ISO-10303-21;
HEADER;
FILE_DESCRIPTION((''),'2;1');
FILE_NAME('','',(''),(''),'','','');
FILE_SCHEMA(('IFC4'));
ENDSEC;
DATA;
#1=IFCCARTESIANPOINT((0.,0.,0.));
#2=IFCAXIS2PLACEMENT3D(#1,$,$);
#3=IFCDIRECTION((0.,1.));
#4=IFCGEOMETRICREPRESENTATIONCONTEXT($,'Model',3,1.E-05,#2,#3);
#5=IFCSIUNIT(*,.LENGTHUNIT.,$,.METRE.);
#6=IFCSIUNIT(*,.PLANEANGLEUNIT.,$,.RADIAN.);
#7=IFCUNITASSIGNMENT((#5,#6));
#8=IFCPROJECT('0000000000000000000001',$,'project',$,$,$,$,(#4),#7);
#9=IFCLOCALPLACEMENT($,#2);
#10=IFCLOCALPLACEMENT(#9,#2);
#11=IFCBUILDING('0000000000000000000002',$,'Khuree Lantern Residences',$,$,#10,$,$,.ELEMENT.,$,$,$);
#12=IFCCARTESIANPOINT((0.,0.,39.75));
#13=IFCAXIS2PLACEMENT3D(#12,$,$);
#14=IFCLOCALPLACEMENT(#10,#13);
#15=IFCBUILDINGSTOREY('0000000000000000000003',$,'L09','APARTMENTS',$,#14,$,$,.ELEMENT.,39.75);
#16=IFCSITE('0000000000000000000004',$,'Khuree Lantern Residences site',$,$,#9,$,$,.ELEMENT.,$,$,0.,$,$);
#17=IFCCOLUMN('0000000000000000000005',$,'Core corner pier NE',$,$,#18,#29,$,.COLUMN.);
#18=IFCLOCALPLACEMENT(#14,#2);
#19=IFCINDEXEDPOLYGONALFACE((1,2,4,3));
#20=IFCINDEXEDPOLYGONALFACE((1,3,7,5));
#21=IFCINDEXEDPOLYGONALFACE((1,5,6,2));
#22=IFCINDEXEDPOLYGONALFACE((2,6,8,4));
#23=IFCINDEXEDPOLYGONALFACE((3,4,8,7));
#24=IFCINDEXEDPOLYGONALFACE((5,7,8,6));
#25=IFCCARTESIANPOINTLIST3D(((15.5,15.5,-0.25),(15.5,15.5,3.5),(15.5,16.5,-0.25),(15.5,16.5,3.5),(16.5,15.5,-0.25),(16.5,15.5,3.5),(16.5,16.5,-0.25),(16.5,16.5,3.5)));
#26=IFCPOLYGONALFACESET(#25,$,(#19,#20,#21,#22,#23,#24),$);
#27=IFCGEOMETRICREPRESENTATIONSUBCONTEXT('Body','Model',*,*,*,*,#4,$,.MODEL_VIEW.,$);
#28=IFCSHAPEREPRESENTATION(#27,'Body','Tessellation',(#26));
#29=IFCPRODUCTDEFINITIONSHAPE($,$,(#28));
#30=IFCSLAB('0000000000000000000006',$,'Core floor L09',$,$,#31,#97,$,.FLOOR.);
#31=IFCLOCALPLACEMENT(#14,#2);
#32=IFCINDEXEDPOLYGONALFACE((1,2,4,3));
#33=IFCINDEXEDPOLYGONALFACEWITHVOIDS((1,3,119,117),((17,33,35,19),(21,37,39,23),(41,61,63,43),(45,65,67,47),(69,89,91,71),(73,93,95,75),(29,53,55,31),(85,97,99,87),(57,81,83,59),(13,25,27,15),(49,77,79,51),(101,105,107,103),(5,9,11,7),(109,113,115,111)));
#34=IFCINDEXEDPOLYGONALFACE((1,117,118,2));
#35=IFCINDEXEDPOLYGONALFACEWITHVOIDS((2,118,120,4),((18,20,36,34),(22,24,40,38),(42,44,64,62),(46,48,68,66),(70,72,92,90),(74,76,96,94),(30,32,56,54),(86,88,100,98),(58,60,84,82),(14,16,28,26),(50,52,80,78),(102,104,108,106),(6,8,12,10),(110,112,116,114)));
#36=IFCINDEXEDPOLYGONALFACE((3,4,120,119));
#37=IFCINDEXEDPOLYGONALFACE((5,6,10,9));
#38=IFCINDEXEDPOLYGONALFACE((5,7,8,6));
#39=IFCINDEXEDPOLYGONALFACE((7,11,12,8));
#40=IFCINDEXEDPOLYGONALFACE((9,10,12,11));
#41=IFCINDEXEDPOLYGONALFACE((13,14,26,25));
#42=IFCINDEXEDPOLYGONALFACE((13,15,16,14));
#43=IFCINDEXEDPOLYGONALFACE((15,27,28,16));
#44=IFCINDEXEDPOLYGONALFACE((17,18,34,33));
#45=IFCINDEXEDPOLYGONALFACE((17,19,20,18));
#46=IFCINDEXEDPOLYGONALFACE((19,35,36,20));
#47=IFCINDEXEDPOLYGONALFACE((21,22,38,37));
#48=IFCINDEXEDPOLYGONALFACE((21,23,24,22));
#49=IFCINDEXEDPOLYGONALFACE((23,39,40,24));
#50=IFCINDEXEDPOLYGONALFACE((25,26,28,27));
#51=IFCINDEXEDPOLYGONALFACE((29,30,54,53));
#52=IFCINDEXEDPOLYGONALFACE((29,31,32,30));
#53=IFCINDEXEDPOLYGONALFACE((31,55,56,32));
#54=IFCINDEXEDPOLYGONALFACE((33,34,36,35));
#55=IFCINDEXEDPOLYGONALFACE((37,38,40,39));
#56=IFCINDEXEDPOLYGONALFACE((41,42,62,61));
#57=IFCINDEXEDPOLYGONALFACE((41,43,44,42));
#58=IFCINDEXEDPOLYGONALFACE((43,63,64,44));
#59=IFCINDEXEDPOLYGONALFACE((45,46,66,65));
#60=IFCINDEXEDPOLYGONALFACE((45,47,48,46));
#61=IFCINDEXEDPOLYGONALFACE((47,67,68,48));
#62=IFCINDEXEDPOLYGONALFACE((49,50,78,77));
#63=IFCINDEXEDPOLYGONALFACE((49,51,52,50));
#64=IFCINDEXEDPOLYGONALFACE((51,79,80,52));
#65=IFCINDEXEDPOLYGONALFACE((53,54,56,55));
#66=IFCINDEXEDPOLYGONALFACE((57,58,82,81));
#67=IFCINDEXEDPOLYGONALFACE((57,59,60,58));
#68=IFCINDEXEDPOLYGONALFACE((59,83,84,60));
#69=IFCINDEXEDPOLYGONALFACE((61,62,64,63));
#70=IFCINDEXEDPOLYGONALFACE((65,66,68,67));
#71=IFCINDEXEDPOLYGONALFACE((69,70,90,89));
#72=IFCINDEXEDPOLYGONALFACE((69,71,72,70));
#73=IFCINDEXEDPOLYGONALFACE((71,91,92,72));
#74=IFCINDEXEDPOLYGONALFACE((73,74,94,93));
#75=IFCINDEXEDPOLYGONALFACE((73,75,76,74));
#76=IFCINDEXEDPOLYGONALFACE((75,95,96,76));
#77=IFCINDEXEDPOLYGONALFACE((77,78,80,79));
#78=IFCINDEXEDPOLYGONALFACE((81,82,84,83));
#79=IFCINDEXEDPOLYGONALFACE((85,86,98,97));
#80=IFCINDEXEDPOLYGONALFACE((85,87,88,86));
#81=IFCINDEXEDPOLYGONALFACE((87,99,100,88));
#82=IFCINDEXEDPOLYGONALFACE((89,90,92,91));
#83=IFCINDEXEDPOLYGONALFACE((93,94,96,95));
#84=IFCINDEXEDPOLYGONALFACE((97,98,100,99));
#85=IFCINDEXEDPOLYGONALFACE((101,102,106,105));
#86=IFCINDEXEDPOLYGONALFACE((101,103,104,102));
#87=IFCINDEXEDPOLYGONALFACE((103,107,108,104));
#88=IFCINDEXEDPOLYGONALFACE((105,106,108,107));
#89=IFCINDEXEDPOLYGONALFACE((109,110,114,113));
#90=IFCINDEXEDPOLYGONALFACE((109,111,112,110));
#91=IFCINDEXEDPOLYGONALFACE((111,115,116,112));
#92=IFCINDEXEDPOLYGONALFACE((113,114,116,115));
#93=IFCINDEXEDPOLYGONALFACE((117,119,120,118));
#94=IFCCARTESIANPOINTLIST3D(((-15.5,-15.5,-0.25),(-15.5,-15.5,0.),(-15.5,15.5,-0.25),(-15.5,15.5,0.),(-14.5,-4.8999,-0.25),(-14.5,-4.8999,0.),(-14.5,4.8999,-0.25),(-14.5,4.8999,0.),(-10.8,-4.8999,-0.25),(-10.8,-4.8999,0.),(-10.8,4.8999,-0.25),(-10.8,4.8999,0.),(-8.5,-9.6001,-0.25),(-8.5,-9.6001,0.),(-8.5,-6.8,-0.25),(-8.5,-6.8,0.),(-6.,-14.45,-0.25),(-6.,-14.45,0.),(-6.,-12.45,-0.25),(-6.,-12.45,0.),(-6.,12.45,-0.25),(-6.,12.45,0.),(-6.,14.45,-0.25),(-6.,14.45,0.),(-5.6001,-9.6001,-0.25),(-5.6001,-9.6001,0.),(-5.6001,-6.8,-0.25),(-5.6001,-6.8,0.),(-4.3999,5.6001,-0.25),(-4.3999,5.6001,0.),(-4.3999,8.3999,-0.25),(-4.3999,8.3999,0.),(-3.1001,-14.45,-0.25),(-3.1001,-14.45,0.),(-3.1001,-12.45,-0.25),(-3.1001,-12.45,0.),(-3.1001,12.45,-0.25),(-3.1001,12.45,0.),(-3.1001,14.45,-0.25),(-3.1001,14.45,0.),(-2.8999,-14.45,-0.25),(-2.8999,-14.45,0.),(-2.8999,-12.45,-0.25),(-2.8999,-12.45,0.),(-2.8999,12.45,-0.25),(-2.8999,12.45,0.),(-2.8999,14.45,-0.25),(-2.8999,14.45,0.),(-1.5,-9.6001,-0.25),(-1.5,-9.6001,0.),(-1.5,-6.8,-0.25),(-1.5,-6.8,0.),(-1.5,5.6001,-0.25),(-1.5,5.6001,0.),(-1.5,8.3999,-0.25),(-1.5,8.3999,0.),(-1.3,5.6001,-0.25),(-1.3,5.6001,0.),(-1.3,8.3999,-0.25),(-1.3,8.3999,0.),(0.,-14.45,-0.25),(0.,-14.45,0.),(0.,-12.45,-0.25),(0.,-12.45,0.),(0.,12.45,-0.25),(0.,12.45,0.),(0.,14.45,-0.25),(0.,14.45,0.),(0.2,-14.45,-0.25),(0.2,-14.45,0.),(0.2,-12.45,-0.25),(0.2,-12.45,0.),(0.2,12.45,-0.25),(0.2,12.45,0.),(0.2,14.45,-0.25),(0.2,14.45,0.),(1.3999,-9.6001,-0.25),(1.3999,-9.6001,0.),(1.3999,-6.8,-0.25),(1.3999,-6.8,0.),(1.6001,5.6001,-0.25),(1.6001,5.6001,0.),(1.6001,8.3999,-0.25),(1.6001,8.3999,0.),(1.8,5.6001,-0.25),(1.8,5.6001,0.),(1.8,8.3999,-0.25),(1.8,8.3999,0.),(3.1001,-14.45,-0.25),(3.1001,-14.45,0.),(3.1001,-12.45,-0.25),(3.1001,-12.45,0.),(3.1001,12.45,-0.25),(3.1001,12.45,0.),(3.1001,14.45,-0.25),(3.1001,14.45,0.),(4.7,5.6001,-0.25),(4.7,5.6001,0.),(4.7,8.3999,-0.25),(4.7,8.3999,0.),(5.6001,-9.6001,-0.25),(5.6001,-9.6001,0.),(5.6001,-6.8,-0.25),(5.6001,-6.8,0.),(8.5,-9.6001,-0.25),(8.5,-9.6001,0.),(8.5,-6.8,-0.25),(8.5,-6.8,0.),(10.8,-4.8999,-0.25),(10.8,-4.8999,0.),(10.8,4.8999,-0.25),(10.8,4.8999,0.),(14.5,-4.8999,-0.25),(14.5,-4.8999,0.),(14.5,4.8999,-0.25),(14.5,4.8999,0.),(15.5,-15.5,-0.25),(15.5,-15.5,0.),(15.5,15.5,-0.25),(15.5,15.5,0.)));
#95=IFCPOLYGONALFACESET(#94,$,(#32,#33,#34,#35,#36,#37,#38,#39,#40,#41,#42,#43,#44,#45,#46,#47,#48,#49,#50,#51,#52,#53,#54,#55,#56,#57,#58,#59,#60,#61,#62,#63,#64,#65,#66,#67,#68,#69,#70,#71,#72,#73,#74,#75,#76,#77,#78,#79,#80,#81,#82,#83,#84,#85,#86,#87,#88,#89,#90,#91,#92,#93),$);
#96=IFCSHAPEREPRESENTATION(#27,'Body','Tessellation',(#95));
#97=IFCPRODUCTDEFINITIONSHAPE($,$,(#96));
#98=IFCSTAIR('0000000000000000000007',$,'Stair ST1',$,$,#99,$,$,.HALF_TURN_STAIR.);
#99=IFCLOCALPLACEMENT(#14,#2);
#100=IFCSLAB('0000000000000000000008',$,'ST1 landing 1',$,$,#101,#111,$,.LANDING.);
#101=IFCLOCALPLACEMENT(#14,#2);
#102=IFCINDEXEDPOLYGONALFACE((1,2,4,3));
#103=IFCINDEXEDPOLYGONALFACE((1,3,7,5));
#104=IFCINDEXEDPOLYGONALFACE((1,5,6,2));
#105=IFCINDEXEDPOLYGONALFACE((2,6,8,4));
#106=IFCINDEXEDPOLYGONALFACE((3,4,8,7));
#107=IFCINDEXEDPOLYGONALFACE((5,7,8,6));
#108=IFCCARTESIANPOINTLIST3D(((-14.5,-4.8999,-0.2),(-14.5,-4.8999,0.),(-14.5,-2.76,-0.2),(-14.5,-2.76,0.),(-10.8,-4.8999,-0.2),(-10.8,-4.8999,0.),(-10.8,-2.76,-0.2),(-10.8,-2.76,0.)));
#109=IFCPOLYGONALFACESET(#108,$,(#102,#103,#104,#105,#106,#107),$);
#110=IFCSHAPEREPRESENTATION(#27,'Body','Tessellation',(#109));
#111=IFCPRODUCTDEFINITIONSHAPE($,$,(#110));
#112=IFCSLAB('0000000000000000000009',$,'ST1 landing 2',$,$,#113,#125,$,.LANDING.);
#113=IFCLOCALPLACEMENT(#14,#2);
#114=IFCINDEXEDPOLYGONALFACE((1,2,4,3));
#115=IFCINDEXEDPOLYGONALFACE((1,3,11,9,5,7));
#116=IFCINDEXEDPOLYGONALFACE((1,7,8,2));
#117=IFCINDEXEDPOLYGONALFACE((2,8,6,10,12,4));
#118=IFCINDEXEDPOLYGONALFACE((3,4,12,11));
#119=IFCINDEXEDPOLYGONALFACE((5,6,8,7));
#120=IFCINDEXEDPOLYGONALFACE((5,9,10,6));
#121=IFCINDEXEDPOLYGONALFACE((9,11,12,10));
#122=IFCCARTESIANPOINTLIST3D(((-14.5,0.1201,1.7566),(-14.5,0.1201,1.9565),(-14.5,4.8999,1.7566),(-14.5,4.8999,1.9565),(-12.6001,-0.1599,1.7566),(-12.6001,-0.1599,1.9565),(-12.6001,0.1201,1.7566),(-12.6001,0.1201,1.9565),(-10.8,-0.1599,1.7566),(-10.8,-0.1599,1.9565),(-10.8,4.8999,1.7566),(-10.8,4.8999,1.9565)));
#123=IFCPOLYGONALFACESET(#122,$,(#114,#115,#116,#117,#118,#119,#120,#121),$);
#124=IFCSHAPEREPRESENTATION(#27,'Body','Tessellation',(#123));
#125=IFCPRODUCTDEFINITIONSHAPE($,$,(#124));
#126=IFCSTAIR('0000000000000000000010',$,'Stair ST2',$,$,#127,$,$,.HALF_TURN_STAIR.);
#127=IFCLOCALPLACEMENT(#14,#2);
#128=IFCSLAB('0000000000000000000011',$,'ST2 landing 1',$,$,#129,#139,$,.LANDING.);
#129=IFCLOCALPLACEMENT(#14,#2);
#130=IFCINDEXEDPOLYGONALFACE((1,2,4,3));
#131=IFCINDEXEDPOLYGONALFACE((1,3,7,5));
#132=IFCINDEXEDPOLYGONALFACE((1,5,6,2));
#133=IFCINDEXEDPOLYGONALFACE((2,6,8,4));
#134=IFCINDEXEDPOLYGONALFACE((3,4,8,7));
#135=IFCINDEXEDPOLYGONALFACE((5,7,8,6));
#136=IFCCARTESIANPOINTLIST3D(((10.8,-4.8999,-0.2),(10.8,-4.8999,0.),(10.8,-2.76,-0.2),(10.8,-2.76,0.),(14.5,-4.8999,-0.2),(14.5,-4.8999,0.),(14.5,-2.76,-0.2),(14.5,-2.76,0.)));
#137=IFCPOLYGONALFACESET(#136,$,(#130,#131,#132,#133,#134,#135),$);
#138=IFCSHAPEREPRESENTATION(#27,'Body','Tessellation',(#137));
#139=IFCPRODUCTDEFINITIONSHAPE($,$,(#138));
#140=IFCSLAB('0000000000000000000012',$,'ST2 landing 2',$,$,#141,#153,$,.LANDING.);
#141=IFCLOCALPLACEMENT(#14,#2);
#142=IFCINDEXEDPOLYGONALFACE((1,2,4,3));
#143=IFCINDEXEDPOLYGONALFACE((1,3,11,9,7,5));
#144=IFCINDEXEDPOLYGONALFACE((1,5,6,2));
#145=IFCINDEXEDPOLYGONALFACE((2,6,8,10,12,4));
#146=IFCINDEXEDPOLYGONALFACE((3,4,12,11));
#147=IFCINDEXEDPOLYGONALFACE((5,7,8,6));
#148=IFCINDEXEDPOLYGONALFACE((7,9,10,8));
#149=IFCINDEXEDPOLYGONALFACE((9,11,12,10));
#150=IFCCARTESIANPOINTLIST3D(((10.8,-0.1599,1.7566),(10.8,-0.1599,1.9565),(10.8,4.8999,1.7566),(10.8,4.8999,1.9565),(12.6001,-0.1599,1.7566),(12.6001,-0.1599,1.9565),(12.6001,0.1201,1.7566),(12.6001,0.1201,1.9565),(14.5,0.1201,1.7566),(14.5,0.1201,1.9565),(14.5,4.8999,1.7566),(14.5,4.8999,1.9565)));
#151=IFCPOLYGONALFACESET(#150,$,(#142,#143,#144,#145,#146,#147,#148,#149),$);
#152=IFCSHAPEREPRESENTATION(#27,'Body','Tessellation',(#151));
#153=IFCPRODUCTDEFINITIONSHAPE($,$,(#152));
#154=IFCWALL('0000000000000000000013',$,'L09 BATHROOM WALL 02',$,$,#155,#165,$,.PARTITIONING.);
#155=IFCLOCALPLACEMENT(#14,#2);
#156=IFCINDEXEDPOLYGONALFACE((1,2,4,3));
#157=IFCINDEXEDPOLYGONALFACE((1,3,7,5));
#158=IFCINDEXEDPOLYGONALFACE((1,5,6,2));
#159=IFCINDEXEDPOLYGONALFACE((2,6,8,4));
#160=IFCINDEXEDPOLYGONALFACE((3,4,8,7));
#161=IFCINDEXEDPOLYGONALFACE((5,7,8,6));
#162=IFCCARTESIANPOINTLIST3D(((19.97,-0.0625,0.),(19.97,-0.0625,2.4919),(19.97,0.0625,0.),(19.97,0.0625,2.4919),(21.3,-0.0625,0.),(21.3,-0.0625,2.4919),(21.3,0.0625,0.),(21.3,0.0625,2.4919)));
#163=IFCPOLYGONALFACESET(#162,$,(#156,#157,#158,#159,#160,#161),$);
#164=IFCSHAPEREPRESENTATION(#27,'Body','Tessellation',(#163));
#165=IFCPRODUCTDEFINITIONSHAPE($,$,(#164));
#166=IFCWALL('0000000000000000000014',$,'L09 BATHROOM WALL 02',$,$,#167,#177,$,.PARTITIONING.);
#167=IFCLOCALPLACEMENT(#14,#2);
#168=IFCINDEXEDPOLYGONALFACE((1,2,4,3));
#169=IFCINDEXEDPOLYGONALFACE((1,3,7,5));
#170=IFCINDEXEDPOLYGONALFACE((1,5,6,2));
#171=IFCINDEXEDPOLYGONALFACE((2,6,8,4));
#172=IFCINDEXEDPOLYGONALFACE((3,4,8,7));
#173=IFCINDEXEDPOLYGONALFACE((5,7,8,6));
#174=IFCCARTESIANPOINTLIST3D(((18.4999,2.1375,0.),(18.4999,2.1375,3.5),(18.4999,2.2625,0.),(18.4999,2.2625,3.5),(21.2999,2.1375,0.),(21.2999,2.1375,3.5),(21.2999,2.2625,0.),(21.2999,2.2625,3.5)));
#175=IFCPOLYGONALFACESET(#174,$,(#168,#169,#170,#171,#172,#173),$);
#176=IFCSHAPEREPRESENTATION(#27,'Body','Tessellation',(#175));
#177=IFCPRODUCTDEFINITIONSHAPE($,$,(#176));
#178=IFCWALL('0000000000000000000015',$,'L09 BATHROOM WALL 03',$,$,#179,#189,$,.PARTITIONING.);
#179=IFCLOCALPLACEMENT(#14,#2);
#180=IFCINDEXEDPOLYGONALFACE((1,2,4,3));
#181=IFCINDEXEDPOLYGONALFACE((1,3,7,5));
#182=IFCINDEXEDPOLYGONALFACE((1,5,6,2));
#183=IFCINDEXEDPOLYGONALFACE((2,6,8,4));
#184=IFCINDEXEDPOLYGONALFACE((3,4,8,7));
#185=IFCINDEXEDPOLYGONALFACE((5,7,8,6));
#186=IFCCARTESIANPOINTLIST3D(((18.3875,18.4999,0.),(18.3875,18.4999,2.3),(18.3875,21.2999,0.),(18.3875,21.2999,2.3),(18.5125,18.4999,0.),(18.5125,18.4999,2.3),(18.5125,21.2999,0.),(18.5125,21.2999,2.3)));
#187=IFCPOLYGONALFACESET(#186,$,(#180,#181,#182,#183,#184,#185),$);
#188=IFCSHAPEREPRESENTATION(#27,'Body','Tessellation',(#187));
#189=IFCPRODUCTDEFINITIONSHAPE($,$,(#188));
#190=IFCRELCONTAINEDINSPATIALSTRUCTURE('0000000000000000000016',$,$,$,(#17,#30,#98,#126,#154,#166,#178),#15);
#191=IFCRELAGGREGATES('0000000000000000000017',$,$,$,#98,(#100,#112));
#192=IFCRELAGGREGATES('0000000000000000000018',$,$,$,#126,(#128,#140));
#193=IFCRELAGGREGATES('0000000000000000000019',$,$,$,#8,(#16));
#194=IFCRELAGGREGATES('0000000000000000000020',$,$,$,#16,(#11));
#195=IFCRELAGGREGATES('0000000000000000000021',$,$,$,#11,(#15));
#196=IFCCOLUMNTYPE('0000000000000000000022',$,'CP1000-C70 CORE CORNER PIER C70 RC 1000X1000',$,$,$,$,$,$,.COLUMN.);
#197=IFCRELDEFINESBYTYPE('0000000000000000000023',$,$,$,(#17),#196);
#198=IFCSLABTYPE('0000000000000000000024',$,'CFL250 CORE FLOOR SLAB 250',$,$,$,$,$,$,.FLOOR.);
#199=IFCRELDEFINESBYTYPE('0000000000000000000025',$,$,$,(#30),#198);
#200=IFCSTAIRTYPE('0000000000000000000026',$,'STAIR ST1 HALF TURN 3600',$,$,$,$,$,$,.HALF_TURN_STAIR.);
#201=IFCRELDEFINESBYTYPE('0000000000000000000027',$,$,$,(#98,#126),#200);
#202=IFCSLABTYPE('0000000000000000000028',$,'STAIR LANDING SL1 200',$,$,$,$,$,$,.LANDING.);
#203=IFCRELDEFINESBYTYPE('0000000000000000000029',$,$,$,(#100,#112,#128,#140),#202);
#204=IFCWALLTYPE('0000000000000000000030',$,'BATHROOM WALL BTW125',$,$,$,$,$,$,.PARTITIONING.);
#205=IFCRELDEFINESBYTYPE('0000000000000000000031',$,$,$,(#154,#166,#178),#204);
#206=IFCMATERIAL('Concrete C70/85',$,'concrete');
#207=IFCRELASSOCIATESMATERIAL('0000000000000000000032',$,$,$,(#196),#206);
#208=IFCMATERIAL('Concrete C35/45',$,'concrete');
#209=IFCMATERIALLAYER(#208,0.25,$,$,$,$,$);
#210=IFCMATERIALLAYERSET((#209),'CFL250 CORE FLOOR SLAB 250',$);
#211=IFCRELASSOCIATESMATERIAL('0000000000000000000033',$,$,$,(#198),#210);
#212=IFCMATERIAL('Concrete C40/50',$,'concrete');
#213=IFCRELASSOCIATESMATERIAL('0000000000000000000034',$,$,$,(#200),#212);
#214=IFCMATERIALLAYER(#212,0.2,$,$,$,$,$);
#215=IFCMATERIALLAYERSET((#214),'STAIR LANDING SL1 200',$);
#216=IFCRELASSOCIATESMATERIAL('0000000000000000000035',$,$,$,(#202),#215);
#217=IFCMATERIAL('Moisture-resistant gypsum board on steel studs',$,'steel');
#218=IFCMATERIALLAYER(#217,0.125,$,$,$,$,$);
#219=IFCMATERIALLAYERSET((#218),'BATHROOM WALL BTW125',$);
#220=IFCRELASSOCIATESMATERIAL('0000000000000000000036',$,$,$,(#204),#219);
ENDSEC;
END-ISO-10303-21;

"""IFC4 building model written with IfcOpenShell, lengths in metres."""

from ifc_helpers import new_model, si_unit, direction, frame, frame_2d, origin, origin_2d, place, context, subcontext, project, spatial, polyline, rectangle, outline, extrude, material, layer, layer_set, material_profile, profile_set, type_object, element, aggregate, save


model = new_model("IFC4")

# Units and contexts
model_context = context("Model", 3, precision=1e-05, world=origin(), true_north=direction((0.0, 1.0)))
body_context = subcontext(model_context, "Body", "Model", "MODEL_VIEW")
ifc_project = project(units=[si_unit("LENGTHUNIT", "METRE"), si_unit("PLANEANGLEUNIT", "RADIAN")], contexts=[model_context])

# Site, building, storey
site_placement = place(None, origin())
site = spatial("IfcSite", under=ifc_project, at=site_placement, Name="Khuree Lantern Residences site", CompositionType="ELEMENT", RefElevation=0.0)
building_placement = place(site_placement, origin())
building = spatial("IfcBuilding", under=site, at=building_placement, Name="Khuree Lantern Residences", CompositionType="ELEMENT")
storey_placement = place(building_placement, frame((0.0, 0.0, 39.75)))
storey = spatial("IfcBuildingStorey", under=building, at=storey_placement, Name="L09", Description="APARTMENTS", CompositionType="ELEMENT", Elevation=39.75)

# Column
ifc_material_1 = material(Name="Concrete C70/85", Category="concrete")
ifc_material_profile = material_profile(ifc_material_1, rectangle(XDim=1.0, YDim=1.0, at=origin_2d()), Name="RC 1000X1000")
ifc_profile_set = profile_set([ifc_material_profile], Name="Concrete C70/85")
column_type = type_object("IfcColumnType", Name="CP1000-C70 CORE CORNER PIER C70 RC 1000X1000", PredefinedType="COLUMN", material=ifc_profile_set)
column_placement = place(storey_placement, frame((16.0, 16.0, -0.25), z_axis=(0.0, 0.0, 1.0), x_axis=(1.0, 0.0, 0.0)))
element("IfcColumn", 1, at=column_placement, inside=storey, type_object=column_type, Name="Core corner pier NE", PredefinedType="COLUMN", context=body_context, shape_type="SweptSolid", body=[
    extrude(rectangle(XDim=1.0, YDim=1.0, at=origin_2d()), origin(), (0.0, 0.0, 1.0), 3.75),
])

# Slab
ifc_material_2 = material(Name="Concrete C35/45", Category="concrete")
ifc_layer_1 = layer(ifc_material_2, 0.25)
ifc_layer_set_1 = layer_set([ifc_layer_1], Name="CFL250 CORE FLOOR SLAB 250")
slab_type_1 = type_object("IfcSlabType", Name="CFL250 CORE FLOOR SLAB 250", PredefinedType="FLOOR", material=ifc_layer_set_1)
slab_1_placement = place(storey_placement, frame((0.0, 0.0, -0.25)))
element("IfcSlab", 2, at=slab_1_placement, inside=storey, type_object=slab_type_1, Name="Core floor L09", PredefinedType="FLOOR", context=body_context, shape_type="SweptSolid", body=[
    extrude(outline(polyline([(-15.5, -15.5), (-15.5, 15.5), (15.5, 15.5), (15.5, -15.5), (-15.5, -15.5)]), holes=[polyline([(14.5, 4.8999), (10.8, 4.8999), (10.8, -4.8999), (14.5, -4.8999), (14.5, 4.8999)]), polyline([(8.5, -6.8), (5.6001, -6.8), (5.6001, -9.6001), (8.5, -9.6001), (8.5, -6.8)]), polyline([(4.7, 8.3999), (1.8, 8.3999), (1.8, 5.6001), (4.7, 5.6001), (4.7, 8.3999)]), polyline([(0.2, -12.45), (0.2, -14.45), (3.1001, -14.45), (3.1001, -12.45), (0.2, -12.45)]), polyline([(3.1001, 14.45), (0.2, 14.45), (0.2, 12.45), (3.1001, 12.45), (3.1001, 14.45)]), polyline([(1.6001, 8.3999), (-1.3, 8.3999), (-1.3, 5.6001), (1.6001, 5.6001), (1.6001, 8.3999)]), polyline([(1.3999, -6.8), (-1.5, -6.8), (-1.5, -9.6001), (1.3999, -9.6001), (1.3999, -6.8)]), polyline([(0.0, -12.45), (-2.8999, -12.45), (-2.8999, -14.45), (0.0, -14.45), (0.0, -12.45)]), polyline([(0.0, 14.45), (-2.8999, 14.45), (-2.8999, 12.45), (0.0, 12.45), (0.0, 14.45)]), polyline([(-1.5, 8.3999), (-4.3999, 8.3999), (-4.3999, 5.6001), (-1.5, 5.6001), (-1.5, 8.3999)]), polyline([(-6.0, -12.45), (-6.0, -14.45), (-3.1001, -14.45), (-3.1001, -12.45), (-6.0, -12.45)]), polyline([(-3.1001, 14.45), (-6.0, 14.45), (-6.0, 12.45), (-3.1001, 12.45), (-3.1001, 14.45)]), polyline([(-5.6001, -6.8), (-8.5, -6.8), (-8.5, -9.6001), (-5.6001, -9.6001), (-5.6001, -6.8)]), polyline([(-10.8, 4.8999), (-14.5, 4.8999), (-14.5, -4.8999), (-10.8, -4.8999), (-10.8, 4.8999)])]), origin(), (0.0, 0.0, 1.0), 0.25),
])

# Stairs, slabs
ifc_material_3 = material(Name="Concrete C40/50", Category="concrete")
stair_type = type_object("IfcStairType", Name="STAIR ST1 HALF TURN 3600", PredefinedType="HALF_TURN_STAIR", material=ifc_material_3)
stair_1_placement = place(storey_placement, origin())
stair_1 = element("IfcStair", 3, at=stair_1_placement, inside=storey, type_object=stair_type, Name="Stair ST1", PredefinedType="HALF_TURN_STAIR")
ifc_layer_2 = layer(ifc_material_3, 0.2)
ifc_layer_set_2 = layer_set([ifc_layer_2], Name="STAIR LANDING SL1 200")
slab_type_2 = type_object("IfcSlabType", Name="STAIR LANDING SL1 200", PredefinedType="LANDING", material=ifc_layer_set_2)
slab_2_placement = place(storey_placement, frame((0.0, 0.0, -0.2)))
slab_2 = element("IfcSlab", 4, at=slab_2_placement, type_object=slab_type_2, Name="ST1 landing 1", PredefinedType="LANDING", context=body_context, shape_type="SweptSolid", body=[
    extrude(outline(polyline([(-14.5, -4.8999), (-10.8, -4.8999), (-10.8, -2.76), (-14.5, -2.76), (-14.5, -4.8999)])), origin(), (0.0, 0.0, 1.0), 0.2),
])
slab_3_placement = place(storey_placement, frame((0.0, 0.0, 1.7566)))
slab_3 = element("IfcSlab", 5, at=slab_3_placement, type_object=slab_type_2, Name="ST1 landing 2", PredefinedType="LANDING", context=body_context, shape_type="SweptSolid", body=[
    extrude(outline(polyline([(-14.5, 0.1201), (-14.5, 4.8999), (-10.8, 4.8999), (-10.8, -0.1599), (-12.6001, -0.1599), (-12.6001, 0.1201), (-14.5, 0.1201)])), origin(), (0.0, 0.0, 1.0), 0.2),
])
aggregate(stair_1, [slab_2, slab_3])
stair_2_placement = place(storey_placement, origin())
stair_2 = element("IfcStair", 6, at=stair_2_placement, inside=storey, type_object=stair_type, Name="Stair ST2", PredefinedType="HALF_TURN_STAIR")
slab_4_placement = place(storey_placement, frame((0.0, 0.0, -0.2)))
slab_4 = element("IfcSlab", 7, at=slab_4_placement, type_object=slab_type_2, Name="ST2 landing 1", PredefinedType="LANDING", context=body_context, shape_type="SweptSolid", body=[
    extrude(outline(polyline([(10.8, -4.8999), (14.5, -4.8999), (14.5, -2.76), (10.8, -2.76), (10.8, -4.8999)])), origin(), (0.0, 0.0, 1.0), 0.2),
])
slab_5_placement = place(storey_placement, frame((0.0, 0.0, 1.7566)))
slab_5 = element("IfcSlab", 8, at=slab_5_placement, type_object=slab_type_2, Name="ST2 landing 2", PredefinedType="LANDING", context=body_context, shape_type="SweptSolid", body=[
    extrude(outline(polyline([(14.5, 4.8999), (14.5, 0.1201), (12.6001, 0.1201), (12.6001, -0.1599), (10.8, -0.1599), (10.8, 4.8999), (14.5, 4.8999)])), origin(), (0.0, 0.0, 1.0), 0.2),
])
aggregate(stair_2, [slab_4, slab_5])

# Walls
ifc_material_4 = material(Name="Moisture-resistant gypsum board on steel studs", Category="steel")
ifc_layer_3 = layer(ifc_material_4, 0.125)
ifc_layer_set_3 = layer_set([ifc_layer_3], Name="BATHROOM WALL BTW125")
wall_type_1 = type_object("IfcWallType", Name="BATHROOM WALL BTW125", PredefinedType="PARTITIONING", material=ifc_layer_set_3)
wall_1_placement = place(storey_placement, frame((19.97, 0.0, 0.0), z_axis=(0.0, 0.0, 1.0), x_axis=(1.0, 0.0, 0.0)))
element("IfcWall", 9, at=wall_1_placement, inside=storey, type_object=wall_type_1, Name="L09 BATHROOM WALL 02", PredefinedType="PARTITIONING", context=body_context, shape_type="SweptSolid", body=[
    extrude(rectangle(XDim=1.3301, YDim=0.125, at=frame_2d((0.665, 0.0))), origin(), (0.0, 0.0, 1.0), 2.4919),
])
wall_2_placement = place(storey_placement, frame((18.5, 2.2, 0.0), z_axis=(0.0, 0.0, 1.0), x_axis=(1.0, 0.0, 0.0)))
element("IfcWall", 10, at=wall_2_placement, inside=storey, type_object=wall_type_1, Name="L09 BATHROOM WALL 02", PredefinedType="PARTITIONING", context=body_context, shape_type="SweptSolid", body=[
    extrude(rectangle(XDim=2.8, YDim=0.125, at=frame_2d((1.3999, 0.0))), origin(), (0.0, 0.0, 1.0), 3.5),
])
wall_3_placement = place(storey_placement, frame((18.45, 18.5, 0.0), z_axis=(0.0, 0.0, 1.0), x_axis=(0.0, 1.0, 0.0)))
element("IfcWall", 11, at=wall_3_placement, inside=storey, type_object=wall_type_1, Name="L09 BATHROOM WALL 03", PredefinedType="PARTITIONING", context=body_context, shape_type="SweptSolid", body=[
    extrude(rectangle(XDim=2.8, YDim=0.125, at=frame_2d((1.3999, 0.0))), origin(), (0.0, 0.0, 1.0), 2.3),
])

save(model, "model.ifc")
